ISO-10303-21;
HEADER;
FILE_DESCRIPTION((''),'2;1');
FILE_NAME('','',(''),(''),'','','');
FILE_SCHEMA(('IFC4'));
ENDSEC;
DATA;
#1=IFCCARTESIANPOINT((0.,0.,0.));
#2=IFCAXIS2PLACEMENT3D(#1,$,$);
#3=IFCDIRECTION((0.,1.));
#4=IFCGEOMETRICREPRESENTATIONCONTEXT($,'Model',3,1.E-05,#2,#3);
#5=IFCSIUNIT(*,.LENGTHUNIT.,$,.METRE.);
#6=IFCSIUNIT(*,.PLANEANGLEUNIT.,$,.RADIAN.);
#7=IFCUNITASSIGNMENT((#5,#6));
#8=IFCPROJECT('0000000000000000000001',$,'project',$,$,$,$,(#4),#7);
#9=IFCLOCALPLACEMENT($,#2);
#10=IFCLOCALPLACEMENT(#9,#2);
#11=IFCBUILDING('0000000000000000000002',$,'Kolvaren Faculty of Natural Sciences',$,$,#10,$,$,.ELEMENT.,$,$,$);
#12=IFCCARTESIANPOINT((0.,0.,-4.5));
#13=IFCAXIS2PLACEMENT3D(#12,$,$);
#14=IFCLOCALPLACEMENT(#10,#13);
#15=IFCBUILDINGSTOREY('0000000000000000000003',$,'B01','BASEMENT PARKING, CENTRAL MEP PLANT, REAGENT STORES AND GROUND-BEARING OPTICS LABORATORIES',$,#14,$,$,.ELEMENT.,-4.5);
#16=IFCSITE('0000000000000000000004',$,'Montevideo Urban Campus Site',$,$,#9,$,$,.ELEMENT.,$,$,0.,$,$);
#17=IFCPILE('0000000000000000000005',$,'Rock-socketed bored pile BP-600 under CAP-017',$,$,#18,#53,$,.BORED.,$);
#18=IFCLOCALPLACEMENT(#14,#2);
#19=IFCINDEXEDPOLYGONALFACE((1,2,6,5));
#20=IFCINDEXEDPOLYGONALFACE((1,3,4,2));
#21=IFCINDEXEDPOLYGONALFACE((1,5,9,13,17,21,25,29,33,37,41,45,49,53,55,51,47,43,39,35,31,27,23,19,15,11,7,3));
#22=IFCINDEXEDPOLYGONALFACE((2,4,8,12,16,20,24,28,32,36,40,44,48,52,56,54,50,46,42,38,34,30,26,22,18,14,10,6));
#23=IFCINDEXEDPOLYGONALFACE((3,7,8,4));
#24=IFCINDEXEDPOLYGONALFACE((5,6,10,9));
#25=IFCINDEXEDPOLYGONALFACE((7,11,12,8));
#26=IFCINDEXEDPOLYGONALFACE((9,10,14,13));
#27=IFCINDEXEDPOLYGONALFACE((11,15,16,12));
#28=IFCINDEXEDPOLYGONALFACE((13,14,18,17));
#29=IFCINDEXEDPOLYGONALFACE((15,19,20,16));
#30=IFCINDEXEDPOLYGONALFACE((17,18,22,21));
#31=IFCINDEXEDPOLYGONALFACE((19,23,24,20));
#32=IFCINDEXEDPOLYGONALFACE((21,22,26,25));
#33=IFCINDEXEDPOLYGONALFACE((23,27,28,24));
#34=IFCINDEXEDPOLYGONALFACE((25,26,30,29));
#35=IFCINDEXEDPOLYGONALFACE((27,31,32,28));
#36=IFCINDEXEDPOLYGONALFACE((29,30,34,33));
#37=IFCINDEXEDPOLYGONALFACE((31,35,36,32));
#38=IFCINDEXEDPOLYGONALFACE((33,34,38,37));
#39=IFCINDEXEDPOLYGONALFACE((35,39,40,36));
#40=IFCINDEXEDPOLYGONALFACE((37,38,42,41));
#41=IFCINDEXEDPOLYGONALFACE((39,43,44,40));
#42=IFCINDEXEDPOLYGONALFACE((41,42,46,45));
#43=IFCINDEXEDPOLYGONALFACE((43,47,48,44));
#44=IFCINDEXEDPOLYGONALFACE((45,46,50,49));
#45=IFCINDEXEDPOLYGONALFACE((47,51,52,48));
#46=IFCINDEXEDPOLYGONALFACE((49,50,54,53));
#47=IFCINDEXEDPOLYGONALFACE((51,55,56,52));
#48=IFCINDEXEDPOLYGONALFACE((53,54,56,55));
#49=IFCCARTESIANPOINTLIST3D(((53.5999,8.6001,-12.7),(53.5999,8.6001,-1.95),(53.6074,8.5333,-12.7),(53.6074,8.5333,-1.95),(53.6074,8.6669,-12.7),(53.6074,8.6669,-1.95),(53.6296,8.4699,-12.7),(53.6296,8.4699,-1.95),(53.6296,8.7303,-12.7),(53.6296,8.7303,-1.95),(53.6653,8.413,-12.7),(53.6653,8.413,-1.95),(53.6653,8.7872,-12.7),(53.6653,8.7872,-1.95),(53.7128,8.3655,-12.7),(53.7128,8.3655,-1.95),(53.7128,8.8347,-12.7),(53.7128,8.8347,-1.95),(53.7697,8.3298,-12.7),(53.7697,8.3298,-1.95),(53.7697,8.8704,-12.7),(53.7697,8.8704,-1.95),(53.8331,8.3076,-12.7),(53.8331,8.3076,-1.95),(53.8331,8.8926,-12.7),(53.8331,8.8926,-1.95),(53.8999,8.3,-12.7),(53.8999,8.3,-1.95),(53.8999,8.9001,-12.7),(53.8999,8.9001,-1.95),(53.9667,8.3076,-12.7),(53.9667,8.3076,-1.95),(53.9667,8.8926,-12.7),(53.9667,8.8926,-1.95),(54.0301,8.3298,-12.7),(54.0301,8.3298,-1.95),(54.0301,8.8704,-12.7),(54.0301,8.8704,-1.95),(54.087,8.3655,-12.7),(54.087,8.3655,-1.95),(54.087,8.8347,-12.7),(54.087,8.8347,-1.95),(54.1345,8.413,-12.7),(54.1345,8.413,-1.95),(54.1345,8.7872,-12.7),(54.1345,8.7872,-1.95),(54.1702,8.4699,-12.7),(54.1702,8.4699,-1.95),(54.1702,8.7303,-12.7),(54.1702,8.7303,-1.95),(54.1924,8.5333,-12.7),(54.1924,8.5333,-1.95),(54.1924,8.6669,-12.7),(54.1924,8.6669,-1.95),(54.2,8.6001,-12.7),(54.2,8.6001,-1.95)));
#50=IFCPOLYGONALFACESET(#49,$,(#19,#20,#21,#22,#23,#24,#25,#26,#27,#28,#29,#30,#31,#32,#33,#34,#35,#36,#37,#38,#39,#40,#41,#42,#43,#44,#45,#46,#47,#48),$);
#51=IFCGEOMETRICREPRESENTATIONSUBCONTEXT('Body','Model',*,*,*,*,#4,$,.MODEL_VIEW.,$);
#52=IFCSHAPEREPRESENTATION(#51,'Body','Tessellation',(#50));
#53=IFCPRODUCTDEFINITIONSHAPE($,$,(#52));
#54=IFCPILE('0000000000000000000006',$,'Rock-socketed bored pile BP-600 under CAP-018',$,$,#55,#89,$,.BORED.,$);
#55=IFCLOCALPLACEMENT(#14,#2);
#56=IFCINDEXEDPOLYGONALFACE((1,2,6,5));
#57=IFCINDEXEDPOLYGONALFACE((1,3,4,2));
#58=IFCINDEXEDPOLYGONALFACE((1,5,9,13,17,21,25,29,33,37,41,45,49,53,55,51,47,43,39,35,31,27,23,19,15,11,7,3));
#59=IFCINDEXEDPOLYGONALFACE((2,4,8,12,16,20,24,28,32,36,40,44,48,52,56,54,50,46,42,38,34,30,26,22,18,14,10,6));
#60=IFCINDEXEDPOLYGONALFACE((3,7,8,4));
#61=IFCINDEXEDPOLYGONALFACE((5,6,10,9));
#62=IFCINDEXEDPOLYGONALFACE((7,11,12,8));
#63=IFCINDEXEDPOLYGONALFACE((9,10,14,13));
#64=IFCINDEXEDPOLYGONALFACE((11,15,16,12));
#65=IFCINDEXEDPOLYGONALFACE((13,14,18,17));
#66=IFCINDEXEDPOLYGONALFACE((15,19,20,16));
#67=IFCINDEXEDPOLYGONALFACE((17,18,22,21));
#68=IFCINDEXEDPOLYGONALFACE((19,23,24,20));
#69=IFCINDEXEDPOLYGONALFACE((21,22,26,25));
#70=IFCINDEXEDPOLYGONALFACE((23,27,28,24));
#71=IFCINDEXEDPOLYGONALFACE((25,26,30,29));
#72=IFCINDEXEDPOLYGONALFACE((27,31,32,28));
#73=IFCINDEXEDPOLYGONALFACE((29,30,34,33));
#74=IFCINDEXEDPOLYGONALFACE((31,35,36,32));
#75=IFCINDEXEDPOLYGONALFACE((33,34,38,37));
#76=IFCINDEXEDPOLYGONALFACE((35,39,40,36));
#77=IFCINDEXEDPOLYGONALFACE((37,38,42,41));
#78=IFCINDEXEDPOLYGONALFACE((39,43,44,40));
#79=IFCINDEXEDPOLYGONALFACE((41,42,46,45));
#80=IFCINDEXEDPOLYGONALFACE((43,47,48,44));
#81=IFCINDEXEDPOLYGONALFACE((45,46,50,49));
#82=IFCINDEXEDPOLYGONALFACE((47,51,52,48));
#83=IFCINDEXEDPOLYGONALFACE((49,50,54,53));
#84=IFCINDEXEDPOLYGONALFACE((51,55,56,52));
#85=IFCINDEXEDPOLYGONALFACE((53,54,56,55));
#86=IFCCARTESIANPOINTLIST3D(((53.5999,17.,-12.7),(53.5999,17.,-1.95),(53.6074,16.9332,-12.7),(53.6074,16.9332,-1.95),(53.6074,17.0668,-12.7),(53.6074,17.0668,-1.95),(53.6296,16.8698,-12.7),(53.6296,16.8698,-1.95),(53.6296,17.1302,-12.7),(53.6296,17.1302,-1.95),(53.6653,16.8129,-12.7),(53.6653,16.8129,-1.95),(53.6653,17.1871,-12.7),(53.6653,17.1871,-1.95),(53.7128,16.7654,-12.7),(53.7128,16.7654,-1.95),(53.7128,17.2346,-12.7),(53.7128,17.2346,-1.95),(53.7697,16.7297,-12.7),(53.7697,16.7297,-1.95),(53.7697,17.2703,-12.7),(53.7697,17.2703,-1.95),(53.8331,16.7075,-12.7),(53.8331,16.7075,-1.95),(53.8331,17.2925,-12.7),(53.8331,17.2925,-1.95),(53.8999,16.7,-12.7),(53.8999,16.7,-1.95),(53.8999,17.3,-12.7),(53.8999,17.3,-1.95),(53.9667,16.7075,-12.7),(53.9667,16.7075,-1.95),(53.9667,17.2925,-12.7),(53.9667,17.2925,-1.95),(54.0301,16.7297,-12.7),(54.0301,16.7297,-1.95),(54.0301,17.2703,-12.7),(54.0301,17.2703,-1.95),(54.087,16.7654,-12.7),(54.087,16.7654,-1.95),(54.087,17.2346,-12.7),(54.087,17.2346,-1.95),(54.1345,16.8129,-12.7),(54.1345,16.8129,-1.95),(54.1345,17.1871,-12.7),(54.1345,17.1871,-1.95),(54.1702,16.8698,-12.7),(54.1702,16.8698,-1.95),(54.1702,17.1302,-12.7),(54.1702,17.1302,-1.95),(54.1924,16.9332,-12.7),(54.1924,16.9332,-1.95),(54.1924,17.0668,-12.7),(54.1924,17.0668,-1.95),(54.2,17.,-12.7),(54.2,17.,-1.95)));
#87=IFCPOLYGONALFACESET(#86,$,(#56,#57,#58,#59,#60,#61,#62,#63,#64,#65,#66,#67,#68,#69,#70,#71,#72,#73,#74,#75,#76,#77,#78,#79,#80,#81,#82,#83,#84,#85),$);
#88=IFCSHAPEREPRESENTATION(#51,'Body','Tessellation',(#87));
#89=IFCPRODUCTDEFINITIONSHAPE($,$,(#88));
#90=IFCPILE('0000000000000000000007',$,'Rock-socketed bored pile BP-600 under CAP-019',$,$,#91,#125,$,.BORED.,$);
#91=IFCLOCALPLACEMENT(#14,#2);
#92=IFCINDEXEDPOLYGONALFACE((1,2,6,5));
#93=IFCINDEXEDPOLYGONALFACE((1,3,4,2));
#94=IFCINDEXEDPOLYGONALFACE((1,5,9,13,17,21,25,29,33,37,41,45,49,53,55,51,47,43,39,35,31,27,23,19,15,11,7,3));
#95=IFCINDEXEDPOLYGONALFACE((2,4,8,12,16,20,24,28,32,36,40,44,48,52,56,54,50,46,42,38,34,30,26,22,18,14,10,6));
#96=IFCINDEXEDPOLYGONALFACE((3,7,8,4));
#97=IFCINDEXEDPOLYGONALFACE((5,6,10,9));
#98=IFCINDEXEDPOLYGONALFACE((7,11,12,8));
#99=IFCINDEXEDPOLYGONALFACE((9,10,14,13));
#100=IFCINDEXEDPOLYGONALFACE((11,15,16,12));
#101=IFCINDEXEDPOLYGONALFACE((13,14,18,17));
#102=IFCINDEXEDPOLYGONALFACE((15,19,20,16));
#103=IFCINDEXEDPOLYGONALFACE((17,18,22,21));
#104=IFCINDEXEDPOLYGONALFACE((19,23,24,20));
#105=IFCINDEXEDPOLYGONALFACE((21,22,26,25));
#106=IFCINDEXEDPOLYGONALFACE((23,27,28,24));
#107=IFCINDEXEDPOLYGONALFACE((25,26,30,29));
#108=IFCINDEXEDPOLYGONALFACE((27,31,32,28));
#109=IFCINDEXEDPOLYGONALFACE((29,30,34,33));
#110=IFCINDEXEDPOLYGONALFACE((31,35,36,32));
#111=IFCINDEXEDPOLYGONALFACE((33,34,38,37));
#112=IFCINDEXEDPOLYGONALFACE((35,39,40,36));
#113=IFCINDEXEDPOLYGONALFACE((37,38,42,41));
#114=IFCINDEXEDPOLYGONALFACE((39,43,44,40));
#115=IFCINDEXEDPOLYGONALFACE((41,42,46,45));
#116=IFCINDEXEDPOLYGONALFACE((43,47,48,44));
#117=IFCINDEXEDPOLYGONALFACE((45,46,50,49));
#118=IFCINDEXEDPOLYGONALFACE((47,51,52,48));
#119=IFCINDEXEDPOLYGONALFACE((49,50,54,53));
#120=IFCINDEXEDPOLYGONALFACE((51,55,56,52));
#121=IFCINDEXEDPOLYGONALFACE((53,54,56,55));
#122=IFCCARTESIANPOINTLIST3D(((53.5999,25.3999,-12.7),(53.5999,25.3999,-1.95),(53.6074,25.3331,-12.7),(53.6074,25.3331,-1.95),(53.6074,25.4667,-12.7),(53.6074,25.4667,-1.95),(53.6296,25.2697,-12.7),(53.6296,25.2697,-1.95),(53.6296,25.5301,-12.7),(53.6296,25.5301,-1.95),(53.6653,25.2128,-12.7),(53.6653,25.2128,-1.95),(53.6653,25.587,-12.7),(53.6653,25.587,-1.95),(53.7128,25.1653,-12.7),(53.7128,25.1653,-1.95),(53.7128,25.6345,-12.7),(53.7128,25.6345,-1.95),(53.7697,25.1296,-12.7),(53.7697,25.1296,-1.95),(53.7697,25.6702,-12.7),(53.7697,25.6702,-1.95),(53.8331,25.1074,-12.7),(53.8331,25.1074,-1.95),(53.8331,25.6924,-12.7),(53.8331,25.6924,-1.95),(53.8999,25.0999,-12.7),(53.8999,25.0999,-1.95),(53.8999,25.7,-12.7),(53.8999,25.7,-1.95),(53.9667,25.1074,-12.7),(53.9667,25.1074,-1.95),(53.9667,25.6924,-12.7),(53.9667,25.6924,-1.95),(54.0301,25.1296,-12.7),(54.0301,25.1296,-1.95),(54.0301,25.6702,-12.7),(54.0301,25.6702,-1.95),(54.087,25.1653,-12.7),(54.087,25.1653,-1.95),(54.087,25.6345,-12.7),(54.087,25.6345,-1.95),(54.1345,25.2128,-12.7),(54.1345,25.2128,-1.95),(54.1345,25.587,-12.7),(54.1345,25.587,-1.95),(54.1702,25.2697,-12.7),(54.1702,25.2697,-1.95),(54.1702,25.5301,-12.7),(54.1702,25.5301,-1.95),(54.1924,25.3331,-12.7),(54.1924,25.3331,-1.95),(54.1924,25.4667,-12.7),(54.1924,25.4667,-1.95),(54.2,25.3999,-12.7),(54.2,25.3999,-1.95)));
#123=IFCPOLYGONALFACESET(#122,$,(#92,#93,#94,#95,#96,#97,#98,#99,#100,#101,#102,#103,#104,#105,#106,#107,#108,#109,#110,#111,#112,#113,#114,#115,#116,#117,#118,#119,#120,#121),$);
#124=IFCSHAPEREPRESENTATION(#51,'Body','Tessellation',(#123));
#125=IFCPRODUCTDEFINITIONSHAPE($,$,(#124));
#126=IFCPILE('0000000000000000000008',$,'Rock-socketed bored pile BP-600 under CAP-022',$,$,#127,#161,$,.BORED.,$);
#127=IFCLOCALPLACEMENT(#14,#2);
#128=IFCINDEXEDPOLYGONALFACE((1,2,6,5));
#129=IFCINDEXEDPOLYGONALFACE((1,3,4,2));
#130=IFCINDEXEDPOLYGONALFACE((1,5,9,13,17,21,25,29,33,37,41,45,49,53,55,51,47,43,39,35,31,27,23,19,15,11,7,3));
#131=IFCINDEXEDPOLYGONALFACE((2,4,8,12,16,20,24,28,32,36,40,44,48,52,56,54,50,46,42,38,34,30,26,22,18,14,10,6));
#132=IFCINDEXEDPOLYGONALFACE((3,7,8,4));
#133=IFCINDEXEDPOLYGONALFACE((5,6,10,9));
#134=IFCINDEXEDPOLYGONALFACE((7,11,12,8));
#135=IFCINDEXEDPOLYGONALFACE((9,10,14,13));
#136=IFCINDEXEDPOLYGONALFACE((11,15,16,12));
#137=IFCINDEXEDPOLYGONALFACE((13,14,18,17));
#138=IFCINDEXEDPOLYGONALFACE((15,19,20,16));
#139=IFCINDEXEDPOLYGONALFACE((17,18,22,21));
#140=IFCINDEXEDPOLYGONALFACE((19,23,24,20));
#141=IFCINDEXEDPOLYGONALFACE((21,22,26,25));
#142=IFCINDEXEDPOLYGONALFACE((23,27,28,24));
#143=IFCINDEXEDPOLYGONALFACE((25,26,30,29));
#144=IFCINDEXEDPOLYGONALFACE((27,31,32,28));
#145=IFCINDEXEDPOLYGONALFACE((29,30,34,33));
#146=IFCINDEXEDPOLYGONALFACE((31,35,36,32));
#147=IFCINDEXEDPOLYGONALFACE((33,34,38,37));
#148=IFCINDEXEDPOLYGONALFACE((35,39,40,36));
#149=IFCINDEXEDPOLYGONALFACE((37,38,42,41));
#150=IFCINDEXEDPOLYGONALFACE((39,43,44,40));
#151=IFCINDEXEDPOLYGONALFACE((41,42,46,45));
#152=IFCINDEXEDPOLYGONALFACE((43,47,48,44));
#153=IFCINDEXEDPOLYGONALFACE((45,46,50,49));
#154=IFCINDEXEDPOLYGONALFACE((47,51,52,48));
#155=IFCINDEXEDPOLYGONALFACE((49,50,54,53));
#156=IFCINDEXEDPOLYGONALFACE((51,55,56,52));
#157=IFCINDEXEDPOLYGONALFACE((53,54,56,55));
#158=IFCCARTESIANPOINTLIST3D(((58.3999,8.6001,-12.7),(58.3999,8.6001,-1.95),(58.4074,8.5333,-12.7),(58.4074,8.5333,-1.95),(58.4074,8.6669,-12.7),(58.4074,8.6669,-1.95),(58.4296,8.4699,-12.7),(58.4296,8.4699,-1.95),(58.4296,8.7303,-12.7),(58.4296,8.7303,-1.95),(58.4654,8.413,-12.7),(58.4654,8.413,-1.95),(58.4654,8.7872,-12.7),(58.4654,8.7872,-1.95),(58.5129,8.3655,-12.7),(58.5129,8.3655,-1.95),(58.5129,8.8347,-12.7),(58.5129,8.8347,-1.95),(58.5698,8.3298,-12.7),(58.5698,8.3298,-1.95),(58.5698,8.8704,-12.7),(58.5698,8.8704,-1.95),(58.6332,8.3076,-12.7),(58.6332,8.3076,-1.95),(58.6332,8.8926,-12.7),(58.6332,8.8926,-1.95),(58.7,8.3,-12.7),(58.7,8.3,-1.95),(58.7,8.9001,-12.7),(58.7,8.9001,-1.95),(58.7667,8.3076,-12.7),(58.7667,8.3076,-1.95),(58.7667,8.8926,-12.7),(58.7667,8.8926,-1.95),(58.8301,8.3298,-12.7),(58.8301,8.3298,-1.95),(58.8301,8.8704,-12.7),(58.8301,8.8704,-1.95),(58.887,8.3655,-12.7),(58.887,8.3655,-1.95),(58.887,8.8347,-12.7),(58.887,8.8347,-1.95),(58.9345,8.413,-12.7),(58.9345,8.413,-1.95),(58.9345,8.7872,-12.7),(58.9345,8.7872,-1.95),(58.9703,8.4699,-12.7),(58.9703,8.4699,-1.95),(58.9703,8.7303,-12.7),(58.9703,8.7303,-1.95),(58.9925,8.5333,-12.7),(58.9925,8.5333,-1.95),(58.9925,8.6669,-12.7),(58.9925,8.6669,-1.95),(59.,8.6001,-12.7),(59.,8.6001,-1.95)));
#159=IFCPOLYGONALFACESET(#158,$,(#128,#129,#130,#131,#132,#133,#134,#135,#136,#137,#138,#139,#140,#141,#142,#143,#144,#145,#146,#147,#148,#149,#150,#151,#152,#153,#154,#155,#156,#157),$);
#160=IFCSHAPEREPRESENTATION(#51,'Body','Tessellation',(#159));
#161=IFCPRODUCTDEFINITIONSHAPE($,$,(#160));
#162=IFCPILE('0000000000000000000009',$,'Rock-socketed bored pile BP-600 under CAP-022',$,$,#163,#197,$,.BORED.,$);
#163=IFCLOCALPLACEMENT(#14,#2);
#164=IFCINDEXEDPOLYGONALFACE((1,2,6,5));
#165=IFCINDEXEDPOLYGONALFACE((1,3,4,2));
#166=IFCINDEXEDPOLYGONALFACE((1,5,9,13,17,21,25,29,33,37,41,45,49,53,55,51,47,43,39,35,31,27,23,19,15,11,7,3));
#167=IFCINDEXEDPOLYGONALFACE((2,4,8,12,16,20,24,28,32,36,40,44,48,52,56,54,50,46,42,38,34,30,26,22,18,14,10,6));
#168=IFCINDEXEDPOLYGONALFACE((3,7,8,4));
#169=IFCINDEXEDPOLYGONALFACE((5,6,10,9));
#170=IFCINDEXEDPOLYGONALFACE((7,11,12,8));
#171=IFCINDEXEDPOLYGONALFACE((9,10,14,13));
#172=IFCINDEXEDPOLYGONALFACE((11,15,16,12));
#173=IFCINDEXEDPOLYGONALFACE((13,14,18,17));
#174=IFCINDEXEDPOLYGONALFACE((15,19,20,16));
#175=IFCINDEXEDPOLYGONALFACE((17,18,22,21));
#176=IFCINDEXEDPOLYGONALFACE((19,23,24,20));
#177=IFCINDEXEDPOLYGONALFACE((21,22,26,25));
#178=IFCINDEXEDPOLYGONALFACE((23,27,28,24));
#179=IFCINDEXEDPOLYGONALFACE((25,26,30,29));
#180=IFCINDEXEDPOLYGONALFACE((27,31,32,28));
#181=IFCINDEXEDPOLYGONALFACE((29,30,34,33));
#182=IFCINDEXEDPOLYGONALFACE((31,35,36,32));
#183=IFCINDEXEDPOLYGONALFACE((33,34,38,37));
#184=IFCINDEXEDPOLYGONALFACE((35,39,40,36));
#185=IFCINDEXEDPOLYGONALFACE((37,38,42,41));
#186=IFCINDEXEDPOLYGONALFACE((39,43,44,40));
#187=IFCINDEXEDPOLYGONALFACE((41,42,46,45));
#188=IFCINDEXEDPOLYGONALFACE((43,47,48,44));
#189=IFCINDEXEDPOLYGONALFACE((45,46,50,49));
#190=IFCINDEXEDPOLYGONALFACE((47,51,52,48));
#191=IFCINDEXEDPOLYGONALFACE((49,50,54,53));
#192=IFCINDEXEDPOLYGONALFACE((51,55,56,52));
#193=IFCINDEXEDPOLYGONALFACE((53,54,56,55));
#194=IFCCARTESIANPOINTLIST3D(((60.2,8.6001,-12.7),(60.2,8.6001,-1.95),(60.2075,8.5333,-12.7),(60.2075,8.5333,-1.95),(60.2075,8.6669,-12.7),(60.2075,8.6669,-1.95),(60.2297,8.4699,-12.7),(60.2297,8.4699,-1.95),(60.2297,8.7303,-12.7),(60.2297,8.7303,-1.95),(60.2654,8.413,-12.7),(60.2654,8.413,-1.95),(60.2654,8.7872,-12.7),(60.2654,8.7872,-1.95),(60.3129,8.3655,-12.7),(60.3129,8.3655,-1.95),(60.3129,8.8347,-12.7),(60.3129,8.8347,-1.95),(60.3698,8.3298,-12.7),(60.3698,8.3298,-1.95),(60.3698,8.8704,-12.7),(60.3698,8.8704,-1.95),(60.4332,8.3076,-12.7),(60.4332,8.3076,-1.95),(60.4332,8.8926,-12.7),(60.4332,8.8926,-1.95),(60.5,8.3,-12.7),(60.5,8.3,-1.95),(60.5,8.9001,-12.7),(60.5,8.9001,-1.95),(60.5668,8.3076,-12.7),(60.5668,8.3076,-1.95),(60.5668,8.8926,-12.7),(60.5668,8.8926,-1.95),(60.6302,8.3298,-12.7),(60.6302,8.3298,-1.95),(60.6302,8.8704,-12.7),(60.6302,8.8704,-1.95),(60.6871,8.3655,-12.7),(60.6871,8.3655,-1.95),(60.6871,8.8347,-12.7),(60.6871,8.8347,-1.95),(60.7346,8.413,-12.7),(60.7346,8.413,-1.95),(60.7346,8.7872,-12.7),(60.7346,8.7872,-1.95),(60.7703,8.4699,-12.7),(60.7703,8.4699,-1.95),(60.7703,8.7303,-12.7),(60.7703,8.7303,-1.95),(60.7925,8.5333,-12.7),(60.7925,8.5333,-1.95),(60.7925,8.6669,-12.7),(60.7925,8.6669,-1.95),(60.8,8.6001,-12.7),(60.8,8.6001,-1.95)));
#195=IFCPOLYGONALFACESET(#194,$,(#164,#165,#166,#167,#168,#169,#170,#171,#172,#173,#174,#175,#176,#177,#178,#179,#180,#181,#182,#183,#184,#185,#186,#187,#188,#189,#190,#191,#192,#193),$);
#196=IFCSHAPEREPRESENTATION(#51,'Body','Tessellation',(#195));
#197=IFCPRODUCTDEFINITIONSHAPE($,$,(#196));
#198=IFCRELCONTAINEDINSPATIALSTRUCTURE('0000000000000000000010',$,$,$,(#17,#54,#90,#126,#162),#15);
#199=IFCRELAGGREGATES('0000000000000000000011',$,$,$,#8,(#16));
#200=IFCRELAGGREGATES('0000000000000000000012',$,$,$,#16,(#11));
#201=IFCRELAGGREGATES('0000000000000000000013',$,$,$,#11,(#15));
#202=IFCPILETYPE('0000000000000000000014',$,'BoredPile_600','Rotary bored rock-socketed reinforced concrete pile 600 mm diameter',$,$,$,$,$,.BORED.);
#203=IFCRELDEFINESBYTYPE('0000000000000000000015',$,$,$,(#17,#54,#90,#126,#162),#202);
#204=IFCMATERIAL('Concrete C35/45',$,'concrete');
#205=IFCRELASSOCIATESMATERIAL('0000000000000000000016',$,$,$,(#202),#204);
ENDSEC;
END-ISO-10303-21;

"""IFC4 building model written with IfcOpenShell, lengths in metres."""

from ifc_helpers import new_model, si_unit, direction, frame, origin, origin_2d, place, context, subcontext, project, spatial, circle, extrude, material, material_profile, profile_set, type_object, element, save


model = new_model("IFC4")

# Units and contexts
model_context = context("Model", 3, precision=1e-05, world=origin(), true_north=direction((0.0, 1.0)))
body_context = subcontext(model_context, "Body", "Model", "MODEL_VIEW")
ifc_project = project(units=[si_unit("LENGTHUNIT", "METRE"), si_unit("PLANEANGLEUNIT", "RADIAN")], contexts=[model_context])

# Site, building, storey
site_placement = place(None, origin())
site = spatial("IfcSite", under=ifc_project, at=site_placement, Name="Montevideo Urban Campus Site", CompositionType="ELEMENT", RefElevation=0.0)
building_placement = place(site_placement, origin())
building = spatial("IfcBuilding", under=site, at=building_placement, Name="Kolvaren Faculty of Natural Sciences", CompositionType="ELEMENT")
storey_placement = place(building_placement, frame((0.0, 0.0, -4.5)))
storey = spatial("IfcBuildingStorey", under=building, at=storey_placement, Name="B01", Description="BASEMENT PARKING, CENTRAL MEP PLANT, REAGENT STORES AND GROUND-BEARING OPTICS LABORATORIES", CompositionType="ELEMENT", Elevation=-4.5)

# Piles
ifc_material_1 = material(Name="Concrete C35/45", Category="concrete")
ifc_material_profile_1 = material_profile(ifc_material_1, circle(Radius=0.3, at=origin_2d()), Name="PILE D600")
ifc_profile_set_1 = profile_set([ifc_material_profile_1], Name="Concrete C35/45")
pile_type = type_object("IfcPileType", Name="BoredPile_600", Description="Rotary bored rock-socketed reinforced concrete pile 600 mm diameter", PredefinedType="BORED", material=ifc_profile_set_1)
for number, where, z_axis, x_axis, name in (
    (1, (53.8999, 8.6001, -1.95), (0.0, 0.0, -1.0), (1.0, 0.0, 0.0), "Rock-socketed bored pile BP-600 under CAP-017"),
    (2, (53.8999, 17.0, -1.95), (0.0, 0.0, -1.0), (1.0, 0.0, 0.0), "Rock-socketed bored pile BP-600 under CAP-018"),
    (3, (53.8999, 25.3999, -1.95), (0.0, 0.0, -1.0), (1.0, 0.0, 0.0), "Rock-socketed bored pile BP-600 under CAP-019"),
    (4, (58.7, 8.6001, -1.95), (0.0, 0.0, -1.0), (1.0, 0.0, 0.0), "Rock-socketed bored pile BP-600 under CAP-022"),
    (5, (60.5, 8.6001, -1.95), (0.0, 0.0, -1.0), (1.0, 0.0, 0.0), "Rock-socketed bored pile BP-600 under CAP-022"),
):
    element("IfcPile", number, at=place(storey_placement, frame(where, z_axis=z_axis, x_axis=x_axis)), inside=storey, type_object=pile_type, Name=name, PredefinedType="BORED", context=body_context, shape_type="SweptSolid", body=[
        extrude(circle(Radius=0.3, at=origin_2d()), origin(), (0.0, 0.0, 1.0), 10.75),
    ])

save(model, "model.ifc")
